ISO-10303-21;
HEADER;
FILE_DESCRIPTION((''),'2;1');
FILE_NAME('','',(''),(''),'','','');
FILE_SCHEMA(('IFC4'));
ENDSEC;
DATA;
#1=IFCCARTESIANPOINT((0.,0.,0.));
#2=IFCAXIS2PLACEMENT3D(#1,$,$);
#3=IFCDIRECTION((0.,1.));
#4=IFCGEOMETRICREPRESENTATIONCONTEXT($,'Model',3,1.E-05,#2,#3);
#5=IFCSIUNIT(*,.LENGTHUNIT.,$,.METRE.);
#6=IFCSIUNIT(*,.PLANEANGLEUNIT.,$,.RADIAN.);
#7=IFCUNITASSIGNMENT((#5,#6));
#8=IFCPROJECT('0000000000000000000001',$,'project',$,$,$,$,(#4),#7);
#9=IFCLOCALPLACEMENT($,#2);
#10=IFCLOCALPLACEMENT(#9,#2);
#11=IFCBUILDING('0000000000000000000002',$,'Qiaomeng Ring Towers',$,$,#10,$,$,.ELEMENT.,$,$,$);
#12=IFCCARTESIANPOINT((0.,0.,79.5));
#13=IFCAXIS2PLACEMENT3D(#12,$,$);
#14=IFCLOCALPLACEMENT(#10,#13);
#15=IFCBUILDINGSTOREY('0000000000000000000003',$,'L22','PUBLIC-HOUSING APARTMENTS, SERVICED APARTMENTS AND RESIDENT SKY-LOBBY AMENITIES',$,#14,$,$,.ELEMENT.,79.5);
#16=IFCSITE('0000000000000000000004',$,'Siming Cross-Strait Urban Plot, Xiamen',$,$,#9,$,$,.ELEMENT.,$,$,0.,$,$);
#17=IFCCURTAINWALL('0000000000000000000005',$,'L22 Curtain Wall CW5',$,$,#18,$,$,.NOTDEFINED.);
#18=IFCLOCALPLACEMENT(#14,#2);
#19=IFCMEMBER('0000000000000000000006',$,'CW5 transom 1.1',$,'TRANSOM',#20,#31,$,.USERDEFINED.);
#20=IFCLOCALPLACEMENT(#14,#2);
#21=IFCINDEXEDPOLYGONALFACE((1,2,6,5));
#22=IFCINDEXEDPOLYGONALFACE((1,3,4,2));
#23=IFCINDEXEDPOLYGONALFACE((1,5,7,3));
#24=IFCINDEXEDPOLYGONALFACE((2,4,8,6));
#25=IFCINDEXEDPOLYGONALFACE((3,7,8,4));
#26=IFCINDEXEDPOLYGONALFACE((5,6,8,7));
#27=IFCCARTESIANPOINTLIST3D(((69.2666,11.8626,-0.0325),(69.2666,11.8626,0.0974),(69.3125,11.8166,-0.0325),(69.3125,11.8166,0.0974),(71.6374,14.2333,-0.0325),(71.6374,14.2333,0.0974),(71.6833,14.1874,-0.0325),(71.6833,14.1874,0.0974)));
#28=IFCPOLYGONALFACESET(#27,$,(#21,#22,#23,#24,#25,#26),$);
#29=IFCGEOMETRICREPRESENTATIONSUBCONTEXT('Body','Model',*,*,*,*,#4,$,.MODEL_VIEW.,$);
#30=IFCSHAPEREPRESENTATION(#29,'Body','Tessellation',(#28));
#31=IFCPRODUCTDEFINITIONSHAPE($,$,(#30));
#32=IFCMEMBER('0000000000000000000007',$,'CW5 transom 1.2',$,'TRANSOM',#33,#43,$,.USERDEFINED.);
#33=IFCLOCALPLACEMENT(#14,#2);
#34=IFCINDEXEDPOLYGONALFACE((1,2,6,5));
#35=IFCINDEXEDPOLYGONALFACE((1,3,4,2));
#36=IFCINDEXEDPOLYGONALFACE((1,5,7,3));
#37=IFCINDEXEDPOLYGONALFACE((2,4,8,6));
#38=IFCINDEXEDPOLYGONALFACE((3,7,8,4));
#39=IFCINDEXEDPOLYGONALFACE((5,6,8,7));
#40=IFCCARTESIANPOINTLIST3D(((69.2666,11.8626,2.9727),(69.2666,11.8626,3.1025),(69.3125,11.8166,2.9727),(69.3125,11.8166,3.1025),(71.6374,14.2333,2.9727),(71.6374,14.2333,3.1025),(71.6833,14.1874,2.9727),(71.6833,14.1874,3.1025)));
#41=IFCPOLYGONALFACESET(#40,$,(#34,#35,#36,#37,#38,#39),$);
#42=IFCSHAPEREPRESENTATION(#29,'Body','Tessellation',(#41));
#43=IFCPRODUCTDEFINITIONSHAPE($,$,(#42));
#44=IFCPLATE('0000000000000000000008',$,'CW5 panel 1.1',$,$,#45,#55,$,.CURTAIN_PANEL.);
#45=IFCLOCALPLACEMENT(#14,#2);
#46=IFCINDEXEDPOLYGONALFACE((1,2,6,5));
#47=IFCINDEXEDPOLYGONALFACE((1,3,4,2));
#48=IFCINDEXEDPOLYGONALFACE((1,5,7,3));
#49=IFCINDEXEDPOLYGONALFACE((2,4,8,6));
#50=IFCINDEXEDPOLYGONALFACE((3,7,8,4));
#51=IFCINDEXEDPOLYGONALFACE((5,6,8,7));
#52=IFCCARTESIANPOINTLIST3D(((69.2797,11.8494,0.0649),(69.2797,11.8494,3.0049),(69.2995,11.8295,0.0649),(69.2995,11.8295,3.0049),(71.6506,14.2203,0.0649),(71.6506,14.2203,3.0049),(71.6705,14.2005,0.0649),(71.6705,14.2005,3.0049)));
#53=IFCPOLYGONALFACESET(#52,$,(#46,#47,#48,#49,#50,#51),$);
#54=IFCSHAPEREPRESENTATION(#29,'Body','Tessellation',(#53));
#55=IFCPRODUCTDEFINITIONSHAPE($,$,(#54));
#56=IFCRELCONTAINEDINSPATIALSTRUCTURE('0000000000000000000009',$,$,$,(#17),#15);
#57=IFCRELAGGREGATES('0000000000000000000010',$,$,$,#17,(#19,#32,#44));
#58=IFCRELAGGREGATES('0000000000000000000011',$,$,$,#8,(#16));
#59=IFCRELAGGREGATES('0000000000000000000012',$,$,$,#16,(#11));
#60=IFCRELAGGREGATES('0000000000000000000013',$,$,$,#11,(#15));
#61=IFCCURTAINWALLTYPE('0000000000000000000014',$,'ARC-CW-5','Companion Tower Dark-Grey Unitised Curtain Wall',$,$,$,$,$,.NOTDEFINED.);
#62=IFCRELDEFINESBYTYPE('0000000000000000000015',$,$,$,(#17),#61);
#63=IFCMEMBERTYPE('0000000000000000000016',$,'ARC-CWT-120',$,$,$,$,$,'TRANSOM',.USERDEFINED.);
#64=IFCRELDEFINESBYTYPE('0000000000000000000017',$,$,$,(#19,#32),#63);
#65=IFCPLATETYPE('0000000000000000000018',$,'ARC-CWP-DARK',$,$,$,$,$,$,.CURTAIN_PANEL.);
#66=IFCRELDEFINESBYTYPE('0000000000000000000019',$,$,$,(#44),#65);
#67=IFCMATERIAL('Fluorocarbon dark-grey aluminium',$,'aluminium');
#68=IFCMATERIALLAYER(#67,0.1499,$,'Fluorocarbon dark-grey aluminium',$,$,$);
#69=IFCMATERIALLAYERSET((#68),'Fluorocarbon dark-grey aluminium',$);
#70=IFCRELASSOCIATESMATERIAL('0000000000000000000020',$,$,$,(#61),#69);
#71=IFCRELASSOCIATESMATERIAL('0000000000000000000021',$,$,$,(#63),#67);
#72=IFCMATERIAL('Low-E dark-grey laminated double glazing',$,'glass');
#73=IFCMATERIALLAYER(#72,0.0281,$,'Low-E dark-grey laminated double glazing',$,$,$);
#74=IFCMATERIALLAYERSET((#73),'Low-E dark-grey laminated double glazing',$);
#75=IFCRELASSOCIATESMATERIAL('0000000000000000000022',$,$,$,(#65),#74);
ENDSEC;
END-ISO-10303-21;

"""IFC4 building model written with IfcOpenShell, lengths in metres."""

from ifc_helpers import new_model, si_unit, direction, frame, origin, origin_2d, place, context, subcontext, project, spatial, rectangle, extrude, source, transform, mapped, material, layer, layer_set, material_profile, profile_set, type_object, element, aggregate, save


model = new_model("IFC4")

# Units and contexts
model_context = context("Model", 3, precision=1e-05, world=origin(), true_north=direction((0.0, 1.0)))
body_context = subcontext(model_context, "Body", "Model", "MODEL_VIEW")
ifc_project = project(units=[si_unit("LENGTHUNIT", "METRE"), si_unit("PLANEANGLEUNIT", "RADIAN")], contexts=[model_context])

# Site, building, storey
site_placement = place(None, origin())
site = spatial("IfcSite", under=ifc_project, at=site_placement, Name="Siming Cross-Strait Urban Plot, Xiamen", CompositionType="ELEMENT", RefElevation=0.0)
building_placement = place(site_placement, origin())
building = spatial("IfcBuilding", under=site, at=building_placement, Name="Qiaomeng Ring Towers", CompositionType="ELEMENT")
storey_placement = place(building_placement, frame((0.0, 0.0, 79.5)))
storey = spatial("IfcBuildingStorey", under=building, at=storey_placement, Name="L22", Description="PUBLIC-HOUSING APARTMENTS, SERVICED APARTMENTS AND RESIDENT SKY-LOBBY AMENITIES", CompositionType="ELEMENT", Elevation=79.5)

# Curtain wall
ifc_material_1 = material(Name="Fluorocarbon dark-grey aluminium", Category="aluminium")
ifc_layer_1 = layer(ifc_material_1, 0.1499, Name="Fluorocarbon dark-grey aluminium")
ifc_layer_set_1 = layer_set([ifc_layer_1], Name="Fluorocarbon dark-grey aluminium")
curtain_wall_type = type_object("IfcCurtainWallType", Name="ARC-CW-5", Description="Companion Tower Dark-Grey Unitised Curtain Wall", PredefinedType="NOTDEFINED", material=ifc_layer_set_1)
curtain_wall_1_placement = place(storey_placement, origin())
curtain_wall_1 = element("IfcCurtainWall", 1, at=curtain_wall_1_placement, inside=storey, type_object=curtain_wall_type, Name="L22 Curtain Wall CW5", PredefinedType="NOTDEFINED")

# Members
ifc_material_profile_1 = material_profile(ifc_material_1, rectangle(XDim=0.0649, YDim=0.1299, at=origin_2d()), Name="ALU TRAN 65x130")
ifc_profile_set_1 = profile_set([ifc_material_profile_1], Name="Fluorocarbon dark-grey aluminium")
member_type_1 = type_object("IfcMemberType", Name="ARC-CWT-120", ElementType="TRANSOM", PredefinedType="USERDEFINED", material=ifc_profile_set_1)
shared_shape_1 = source(origin(), body_context, "Body", "SweptSolid", [
    extrude(rectangle(XDim=0.0649, YDim=0.1299, at=origin_2d()), origin(), (0.0, 0.0, 1.0), 3.3528),
])
member_1_placement = place(storey_placement, frame((69.2896, 11.8396, 0.0325), z_axis=(0.707107, 0.707107, 0.0), x_axis=(-0.707107, 0.707107, 0.0)))
member_1 = element("IfcMember", 2, at=member_1_placement, type_object=member_type_1, Name="CW5 transom 1.1", ObjectType="TRANSOM", PredefinedType="USERDEFINED", context=body_context, shape_type="MappedRepresentation", body=[
    mapped(shared_shape_1, transform((0.0, 0.0, 0.0), x_axis=(1.0, 0.0, 0.0), y_axis=(0.0, 1.0, 0.0), z_axis=(0.0, 0.0, 1.0), scale=1.0)),
])
member_2_placement = place(storey_placement, frame((69.2896, 11.8396, 3.0376), z_axis=(0.707107, 0.707107, 0.0), x_axis=(-0.707107, 0.707107, 0.0)))
member_2 = element("IfcMember", 3, at=member_2_placement, type_object=member_type_1, Name="CW5 transom 1.2", ObjectType="TRANSOM", PredefinedType="USERDEFINED", context=body_context, shape_type="MappedRepresentation", body=[
    mapped(shared_shape_1, transform((0.0, 0.0, 0.0), x_axis=(1.0, 0.0, 0.0), y_axis=(0.0, 1.0, 0.0), z_axis=(0.0, 0.0, 1.0), scale=1.0)),
])

# Plate
ifc_material_2 = material(Name="Low-E dark-grey laminated double glazing", Category="glass")
ifc_layer_2 = layer(ifc_material_2, 0.0281, Name="Low-E dark-grey laminated double glazing")
ifc_layer_set_2 = layer_set([ifc_layer_2], Name="Low-E dark-grey laminated double glazing")
plate_type = type_object("IfcPlateType", Name="ARC-CWP-DARK", PredefinedType="CURTAIN_PANEL", material=ifc_layer_set_2)
shared_shape_2 = source(origin(), body_context, "Body", "SweptSolid", [
    extrude(rectangle(XDim=3.353, YDim=0.0281, at=origin_2d()), origin(), (0.0, 0.0, 1.0), 2.9399),
])
plate_placement = place(storey_placement, frame((70.4751, 13.0249, 0.0649), z_axis=(0.0, 0.0, 1.0), x_axis=(0.707107, 0.707107, 0.0)))
plate = element("IfcPlate", 4, at=plate_placement, type_object=plate_type, Name="CW5 panel 1.1", PredefinedType="CURTAIN_PANEL", context=body_context, shape_type="MappedRepresentation", body=[
    mapped(shared_shape_2, transform((0.0, 0.0, 0.0), x_axis=(1.0, 0.0, 0.0), y_axis=(0.0, 1.0, 0.0), z_axis=(0.0, 0.0, 1.0), scale=1.0)),
])
aggregate(curtain_wall_1, [member_1, member_2, plate])

save(model, "model.ifc")
